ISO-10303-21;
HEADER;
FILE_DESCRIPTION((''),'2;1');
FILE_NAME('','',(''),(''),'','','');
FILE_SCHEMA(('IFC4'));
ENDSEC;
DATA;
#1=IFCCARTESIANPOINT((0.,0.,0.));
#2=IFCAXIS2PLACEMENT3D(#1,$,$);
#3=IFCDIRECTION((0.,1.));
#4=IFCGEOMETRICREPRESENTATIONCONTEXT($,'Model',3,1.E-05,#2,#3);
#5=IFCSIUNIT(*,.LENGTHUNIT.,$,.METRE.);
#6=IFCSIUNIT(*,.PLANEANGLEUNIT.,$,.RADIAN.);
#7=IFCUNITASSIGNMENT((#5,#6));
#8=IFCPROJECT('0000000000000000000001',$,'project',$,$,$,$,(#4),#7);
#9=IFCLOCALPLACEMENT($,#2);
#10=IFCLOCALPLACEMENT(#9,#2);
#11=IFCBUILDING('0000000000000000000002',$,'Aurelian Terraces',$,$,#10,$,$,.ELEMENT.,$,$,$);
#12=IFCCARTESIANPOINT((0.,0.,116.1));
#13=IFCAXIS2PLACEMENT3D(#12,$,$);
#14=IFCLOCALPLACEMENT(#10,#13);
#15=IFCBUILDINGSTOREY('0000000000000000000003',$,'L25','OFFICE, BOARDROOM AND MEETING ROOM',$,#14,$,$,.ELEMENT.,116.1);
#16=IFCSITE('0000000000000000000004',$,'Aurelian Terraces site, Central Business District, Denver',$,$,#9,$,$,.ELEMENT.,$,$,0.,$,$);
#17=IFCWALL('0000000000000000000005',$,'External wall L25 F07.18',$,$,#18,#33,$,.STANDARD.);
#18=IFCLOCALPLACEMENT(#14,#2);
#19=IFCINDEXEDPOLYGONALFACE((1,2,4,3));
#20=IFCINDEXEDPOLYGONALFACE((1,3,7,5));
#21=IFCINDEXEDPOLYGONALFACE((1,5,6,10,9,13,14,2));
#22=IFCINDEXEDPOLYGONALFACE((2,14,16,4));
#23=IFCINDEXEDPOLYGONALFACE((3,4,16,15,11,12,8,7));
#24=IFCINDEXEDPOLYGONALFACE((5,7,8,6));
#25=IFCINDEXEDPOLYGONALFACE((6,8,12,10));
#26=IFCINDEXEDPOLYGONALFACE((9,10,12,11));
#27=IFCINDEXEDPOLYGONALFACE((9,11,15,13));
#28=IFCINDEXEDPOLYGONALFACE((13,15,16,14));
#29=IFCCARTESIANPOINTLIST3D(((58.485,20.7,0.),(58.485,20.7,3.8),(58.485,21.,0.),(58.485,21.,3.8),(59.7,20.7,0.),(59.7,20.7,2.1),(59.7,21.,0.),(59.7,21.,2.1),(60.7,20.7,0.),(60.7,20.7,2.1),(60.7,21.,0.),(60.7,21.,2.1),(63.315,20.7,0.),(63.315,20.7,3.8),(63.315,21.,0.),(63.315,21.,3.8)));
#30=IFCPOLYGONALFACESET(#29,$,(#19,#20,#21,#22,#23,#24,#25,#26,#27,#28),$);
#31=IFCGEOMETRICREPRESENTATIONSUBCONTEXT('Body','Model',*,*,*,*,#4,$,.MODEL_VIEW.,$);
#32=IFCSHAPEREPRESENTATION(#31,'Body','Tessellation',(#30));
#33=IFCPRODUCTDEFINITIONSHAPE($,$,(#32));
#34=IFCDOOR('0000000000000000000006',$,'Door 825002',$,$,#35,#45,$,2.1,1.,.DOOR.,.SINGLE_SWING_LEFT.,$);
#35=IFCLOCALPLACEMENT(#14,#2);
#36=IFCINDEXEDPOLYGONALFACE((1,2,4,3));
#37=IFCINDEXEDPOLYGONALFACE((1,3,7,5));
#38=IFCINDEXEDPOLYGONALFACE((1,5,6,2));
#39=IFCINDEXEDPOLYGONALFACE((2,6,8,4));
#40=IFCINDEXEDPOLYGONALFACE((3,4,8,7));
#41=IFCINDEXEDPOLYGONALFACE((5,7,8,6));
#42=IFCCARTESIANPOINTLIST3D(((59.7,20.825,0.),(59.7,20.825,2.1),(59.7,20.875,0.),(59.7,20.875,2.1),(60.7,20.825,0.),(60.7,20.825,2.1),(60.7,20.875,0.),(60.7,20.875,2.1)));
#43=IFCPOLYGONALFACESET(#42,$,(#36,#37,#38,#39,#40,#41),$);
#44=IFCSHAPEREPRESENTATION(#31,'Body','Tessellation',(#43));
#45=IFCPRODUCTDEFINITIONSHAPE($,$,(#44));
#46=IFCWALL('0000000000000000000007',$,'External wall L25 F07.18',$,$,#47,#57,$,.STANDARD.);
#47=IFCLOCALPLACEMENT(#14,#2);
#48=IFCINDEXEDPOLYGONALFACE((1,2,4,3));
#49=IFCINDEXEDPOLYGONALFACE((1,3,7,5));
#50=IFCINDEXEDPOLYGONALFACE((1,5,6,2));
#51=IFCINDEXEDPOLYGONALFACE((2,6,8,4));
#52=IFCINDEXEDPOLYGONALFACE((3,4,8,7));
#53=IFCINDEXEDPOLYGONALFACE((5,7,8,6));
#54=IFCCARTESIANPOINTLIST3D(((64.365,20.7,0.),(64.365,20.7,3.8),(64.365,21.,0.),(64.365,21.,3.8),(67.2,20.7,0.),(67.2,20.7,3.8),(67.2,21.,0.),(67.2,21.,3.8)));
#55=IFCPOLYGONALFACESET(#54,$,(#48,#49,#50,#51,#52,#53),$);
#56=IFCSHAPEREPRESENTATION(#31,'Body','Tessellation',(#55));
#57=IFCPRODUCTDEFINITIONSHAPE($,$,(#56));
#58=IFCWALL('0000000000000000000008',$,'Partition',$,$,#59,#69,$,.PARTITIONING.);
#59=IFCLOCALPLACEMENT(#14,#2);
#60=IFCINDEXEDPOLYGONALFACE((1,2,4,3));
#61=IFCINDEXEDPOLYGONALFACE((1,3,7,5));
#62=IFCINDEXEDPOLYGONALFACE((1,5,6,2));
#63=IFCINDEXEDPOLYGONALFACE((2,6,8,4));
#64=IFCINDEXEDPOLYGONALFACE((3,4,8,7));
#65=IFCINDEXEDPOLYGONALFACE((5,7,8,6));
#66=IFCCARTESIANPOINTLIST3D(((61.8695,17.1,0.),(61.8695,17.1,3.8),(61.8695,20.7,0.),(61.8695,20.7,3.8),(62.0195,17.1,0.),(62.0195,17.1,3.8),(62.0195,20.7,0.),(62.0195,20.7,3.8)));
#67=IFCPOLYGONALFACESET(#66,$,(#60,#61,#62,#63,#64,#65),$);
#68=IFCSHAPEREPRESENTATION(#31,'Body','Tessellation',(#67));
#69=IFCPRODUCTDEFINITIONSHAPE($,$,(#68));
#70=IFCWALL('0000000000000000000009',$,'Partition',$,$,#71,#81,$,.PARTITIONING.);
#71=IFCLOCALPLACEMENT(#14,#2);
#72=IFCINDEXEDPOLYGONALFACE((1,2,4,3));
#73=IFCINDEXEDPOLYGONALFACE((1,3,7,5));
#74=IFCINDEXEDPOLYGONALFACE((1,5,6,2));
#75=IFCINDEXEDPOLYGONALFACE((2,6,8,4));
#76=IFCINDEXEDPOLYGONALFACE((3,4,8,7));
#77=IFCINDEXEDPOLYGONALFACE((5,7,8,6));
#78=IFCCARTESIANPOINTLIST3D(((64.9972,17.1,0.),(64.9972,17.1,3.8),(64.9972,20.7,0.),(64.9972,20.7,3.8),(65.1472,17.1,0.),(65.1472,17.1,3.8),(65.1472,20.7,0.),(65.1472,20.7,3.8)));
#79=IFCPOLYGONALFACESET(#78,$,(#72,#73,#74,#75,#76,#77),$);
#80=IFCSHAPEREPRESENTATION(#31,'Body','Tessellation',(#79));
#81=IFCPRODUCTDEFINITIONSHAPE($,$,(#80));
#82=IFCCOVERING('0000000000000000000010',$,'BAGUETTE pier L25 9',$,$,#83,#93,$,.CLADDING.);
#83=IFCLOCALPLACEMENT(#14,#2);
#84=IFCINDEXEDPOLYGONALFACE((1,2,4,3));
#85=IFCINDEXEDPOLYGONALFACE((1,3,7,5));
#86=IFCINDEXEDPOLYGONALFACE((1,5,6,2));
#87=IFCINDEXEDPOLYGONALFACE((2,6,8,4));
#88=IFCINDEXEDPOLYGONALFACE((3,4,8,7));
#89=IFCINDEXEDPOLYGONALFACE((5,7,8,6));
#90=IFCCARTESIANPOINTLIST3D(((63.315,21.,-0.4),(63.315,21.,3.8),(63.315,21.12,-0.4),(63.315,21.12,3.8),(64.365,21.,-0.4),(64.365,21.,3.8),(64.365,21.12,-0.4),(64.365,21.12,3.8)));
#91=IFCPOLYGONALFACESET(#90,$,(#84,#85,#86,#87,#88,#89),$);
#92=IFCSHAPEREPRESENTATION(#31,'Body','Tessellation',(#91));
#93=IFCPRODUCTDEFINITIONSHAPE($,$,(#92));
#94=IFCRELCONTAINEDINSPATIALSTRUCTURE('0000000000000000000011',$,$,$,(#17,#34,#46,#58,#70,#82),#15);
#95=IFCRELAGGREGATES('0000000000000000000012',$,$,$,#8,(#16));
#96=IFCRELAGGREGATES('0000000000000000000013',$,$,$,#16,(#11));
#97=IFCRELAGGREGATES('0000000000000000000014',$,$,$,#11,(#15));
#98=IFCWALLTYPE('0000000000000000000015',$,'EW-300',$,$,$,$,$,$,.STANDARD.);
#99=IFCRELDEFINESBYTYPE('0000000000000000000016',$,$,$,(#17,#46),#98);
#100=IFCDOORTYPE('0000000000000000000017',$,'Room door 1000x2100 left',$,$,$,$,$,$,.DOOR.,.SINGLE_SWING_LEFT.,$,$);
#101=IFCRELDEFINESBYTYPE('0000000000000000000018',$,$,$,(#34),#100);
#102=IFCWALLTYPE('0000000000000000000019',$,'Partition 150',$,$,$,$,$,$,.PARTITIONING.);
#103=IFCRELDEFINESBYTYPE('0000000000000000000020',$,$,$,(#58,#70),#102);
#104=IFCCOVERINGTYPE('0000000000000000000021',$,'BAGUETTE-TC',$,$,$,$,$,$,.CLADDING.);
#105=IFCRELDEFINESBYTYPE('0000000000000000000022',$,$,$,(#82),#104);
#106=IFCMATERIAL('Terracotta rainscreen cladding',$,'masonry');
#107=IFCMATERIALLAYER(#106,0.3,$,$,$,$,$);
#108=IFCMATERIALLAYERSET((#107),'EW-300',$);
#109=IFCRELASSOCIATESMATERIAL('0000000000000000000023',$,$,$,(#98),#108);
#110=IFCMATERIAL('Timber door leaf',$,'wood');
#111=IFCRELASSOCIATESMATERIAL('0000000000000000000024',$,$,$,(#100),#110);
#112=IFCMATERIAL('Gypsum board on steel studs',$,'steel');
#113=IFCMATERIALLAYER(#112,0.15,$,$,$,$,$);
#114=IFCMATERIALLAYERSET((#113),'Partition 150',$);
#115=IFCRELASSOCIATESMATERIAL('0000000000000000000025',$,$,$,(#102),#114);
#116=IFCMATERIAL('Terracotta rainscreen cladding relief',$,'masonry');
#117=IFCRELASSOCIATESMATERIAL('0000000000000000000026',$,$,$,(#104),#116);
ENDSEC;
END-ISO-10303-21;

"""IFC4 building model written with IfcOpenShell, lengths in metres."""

from ifc_helpers import new_model, si_unit, direction, frame, frame_2d, origin, origin_2d, place, context, subcontext, project, spatial, rectangle, extrude, source, transform, mapped, material, layer, layer_set, type_object, element, fill, save


model = new_model("IFC4")

# Units and contexts
model_context = context("Model", 3, precision=1e-05, world=origin(), true_north=direction((0.0, 1.0)))
body_context = subcontext(model_context, "Body", "Model", "MODEL_VIEW")
ifc_project = project(units=[si_unit("LENGTHUNIT", "METRE"), si_unit("PLANEANGLEUNIT", "RADIAN")], contexts=[model_context])

# Site, building, storey
site_placement = place(None, origin())
site = spatial("IfcSite", under=ifc_project, at=site_placement, Name="Aurelian Terraces site, Central Business District, Denver", CompositionType="ELEMENT", RefElevation=0.0)
building_placement = place(site_placement, origin())
building = spatial("IfcBuilding", under=site, at=building_placement, Name="Aurelian Terraces", CompositionType="ELEMENT")
storey_placement = place(building_placement, frame((0.0, 0.0, 116.1)))
storey = spatial("IfcBuildingStorey", under=building, at=storey_placement, Name="L25", Description="OFFICE, BOARDROOM AND MEETING ROOM", CompositionType="ELEMENT", Elevation=116.1)

# Wall, opening, door
ifc_material_1 = material(Name="Terracotta rainscreen cladding", Category="masonry")
ifc_layer_1 = layer(ifc_material_1, 0.3)
ifc_layer_set_1 = layer_set([ifc_layer_1], Name="EW-300")
wall_type_1 = type_object("IfcWallType", Name="EW-300", PredefinedType="STANDARD", material=ifc_layer_set_1)
shared_shape_1 = source(origin(), body_context, "Body", "SweptSolid", [
    extrude(rectangle(XDim=4.83, YDim=0.3, at=frame_2d((2.415, 0.0))), origin(), (0.0, 0.0, 1.0), 3.8),
])
wall_1_placement = place(storey_placement, frame((63.315, 20.85, 0.0), z_axis=(0.0, 0.0, 1.0), x_axis=(-1.0, 0.0, 0.0)))
wall_1 = element("IfcWall", 1, at=wall_1_placement, inside=storey, type_object=wall_type_1, Name="External wall L25 F07.18", PredefinedType="STANDARD", context=body_context, shape_type="MappedRepresentation", body=[
    mapped(shared_shape_1, transform((0.0, 0.0, 0.0), scale=1.0)),
])
shared_shape_2 = source(origin(), body_context, "Body", "SweptSolid", [
    extrude(rectangle(XDim=1.0, YDim=2.1, at=frame_2d((0.5, 1.05))), frame((0.0, 0.16, 0.0), z_axis=(0.0, -1.0, 0.0), x_axis=(1.0, 0.0, 0.0)), (0.0, 0.0, 1.0), 0.32),
])
opening_1_placement = place(wall_1_placement, frame((2.615, 0.0, 0.0)))
opening_1 = element("IfcOpeningElement", 2, at=opening_1_placement, cuts=wall_1, PredefinedType="OPENING", context=body_context, shape_type="MappedRepresentation", body=[
    mapped(shared_shape_2, transform((0.0, 0.0, 0.0), scale=1.0)),
])
ifc_material_2 = material(Name="Timber door leaf", Category="wood")
door_type = type_object("IfcDoorType", Name="Room door 1000x2100 left", OperationType="SINGLE_SWING_LEFT", PredefinedType="DOOR", material=ifc_material_2)
shared_shape_3 = source(origin(), body_context, "Body", "SweptSolid", [
    extrude(rectangle(XDim=1.0, YDim=2.1, at=frame_2d((0.5, 1.05))), frame((0.0, 0.025, 0.0), z_axis=(0.0, -1.0, 0.0), x_axis=(1.0, 0.0, 0.0)), (0.0, 0.0, 1.0), 0.05),
])
door_placement = place(opening_1_placement, origin())
door = element("IfcDoor", 3, at=door_placement, inside=storey, type_object=door_type, Name="Door 825002", OperationType="SINGLE_SWING_LEFT", OverallHeight=2.1, OverallWidth=1.0, PredefinedType="DOOR", context=body_context, shape_type="MappedRepresentation", body=[
    mapped(shared_shape_3, transform((0.0, 0.0, 0.0), scale=1.0)),
])
fill(opening_1, door)

# Walls
shared_shape_4 = source(origin(), body_context, "Body", "SweptSolid", [
    extrude(rectangle(XDim=2.835, YDim=0.3, at=frame_2d((1.4175, 0.0))), origin(), (0.0, 0.0, 1.0), 3.8),
])
wall_2_placement = place(storey_placement, frame((67.2, 20.85, 0.0), z_axis=(0.0, 0.0, 1.0), x_axis=(-1.0, 0.0, 0.0)))
element("IfcWall", 4, at=wall_2_placement, inside=storey, type_object=wall_type_1, Name="External wall L25 F07.18", PredefinedType="STANDARD", context=body_context, shape_type="MappedRepresentation", body=[
    mapped(shared_shape_4, transform((0.0, 0.0, 0.0), scale=1.0)),
])
ifc_material_3 = material(Name="Gypsum board on steel studs", Category="steel")
ifc_layer_2 = layer(ifc_material_3, 0.15)
ifc_layer_set_2 = layer_set([ifc_layer_2], Name="Partition 150")
wall_type_2 = type_object("IfcWallType", Name="Partition 150", PredefinedType="PARTITIONING", material=ifc_layer_set_2)
shared_shape_5 = source(origin(), body_context, "Body", "SweptSolid", [
    extrude(rectangle(XDim=3.6, YDim=0.15, at=frame_2d((1.8, 0.0))), origin(), (0.0, 0.0, 1.0), 3.8),
])
for number, where, z_axis, x_axis, name in (
    (5, (61.9445, 20.7, 0.0), (0.0, 0.0, 1.0), (0.0, -1.0, 0.0), "Partition"),
    (6, (65.0722, 20.7, 0.0), (0.0, 0.0, 1.0), (0.0, -1.0, 0.0), "Partition"),
):
    element("IfcWall", number, at=place(storey_placement, frame(where, z_axis=z_axis, x_axis=x_axis)), inside=storey, type_object=wall_type_2, Name=name, PredefinedType="PARTITIONING", context=body_context, shape_type="MappedRepresentation", body=[
        mapped(shared_shape_5, transform((0.0, 0.0, 0.0), scale=1.0)),
    ])

# Covering
ifc_material_4 = material(Name="Terracotta rainscreen cladding relief", Category="masonry")
covering_type = type_object("IfcCoveringType", Name="BAGUETTE-TC", PredefinedType="CLADDING", material=ifc_material_4)
shared_shape_6 = source(origin(), body_context, "Body", "SweptSolid", [
    extrude(rectangle(XDim=1.05, YDim=0.12, at=origin_2d()), origin(), (0.0, 0.0, 1.0), 4.2),
])
covering_placement = place(storey_placement, frame((63.84, 21.06, -0.4), z_axis=(0.0, 0.0, 1.0), x_axis=(1.0, 0.0, 0.0)))
element("IfcCovering", 7, at=covering_placement, inside=storey, type_object=covering_type, Name="BAGUETTE pier L25 9", PredefinedType="CLADDING", context=body_context, shape_type="MappedRepresentation", body=[
    mapped(shared_shape_6, transform((0.0, 0.0, 0.0), scale=1.0)),
])

save(model, "model.ifc")
